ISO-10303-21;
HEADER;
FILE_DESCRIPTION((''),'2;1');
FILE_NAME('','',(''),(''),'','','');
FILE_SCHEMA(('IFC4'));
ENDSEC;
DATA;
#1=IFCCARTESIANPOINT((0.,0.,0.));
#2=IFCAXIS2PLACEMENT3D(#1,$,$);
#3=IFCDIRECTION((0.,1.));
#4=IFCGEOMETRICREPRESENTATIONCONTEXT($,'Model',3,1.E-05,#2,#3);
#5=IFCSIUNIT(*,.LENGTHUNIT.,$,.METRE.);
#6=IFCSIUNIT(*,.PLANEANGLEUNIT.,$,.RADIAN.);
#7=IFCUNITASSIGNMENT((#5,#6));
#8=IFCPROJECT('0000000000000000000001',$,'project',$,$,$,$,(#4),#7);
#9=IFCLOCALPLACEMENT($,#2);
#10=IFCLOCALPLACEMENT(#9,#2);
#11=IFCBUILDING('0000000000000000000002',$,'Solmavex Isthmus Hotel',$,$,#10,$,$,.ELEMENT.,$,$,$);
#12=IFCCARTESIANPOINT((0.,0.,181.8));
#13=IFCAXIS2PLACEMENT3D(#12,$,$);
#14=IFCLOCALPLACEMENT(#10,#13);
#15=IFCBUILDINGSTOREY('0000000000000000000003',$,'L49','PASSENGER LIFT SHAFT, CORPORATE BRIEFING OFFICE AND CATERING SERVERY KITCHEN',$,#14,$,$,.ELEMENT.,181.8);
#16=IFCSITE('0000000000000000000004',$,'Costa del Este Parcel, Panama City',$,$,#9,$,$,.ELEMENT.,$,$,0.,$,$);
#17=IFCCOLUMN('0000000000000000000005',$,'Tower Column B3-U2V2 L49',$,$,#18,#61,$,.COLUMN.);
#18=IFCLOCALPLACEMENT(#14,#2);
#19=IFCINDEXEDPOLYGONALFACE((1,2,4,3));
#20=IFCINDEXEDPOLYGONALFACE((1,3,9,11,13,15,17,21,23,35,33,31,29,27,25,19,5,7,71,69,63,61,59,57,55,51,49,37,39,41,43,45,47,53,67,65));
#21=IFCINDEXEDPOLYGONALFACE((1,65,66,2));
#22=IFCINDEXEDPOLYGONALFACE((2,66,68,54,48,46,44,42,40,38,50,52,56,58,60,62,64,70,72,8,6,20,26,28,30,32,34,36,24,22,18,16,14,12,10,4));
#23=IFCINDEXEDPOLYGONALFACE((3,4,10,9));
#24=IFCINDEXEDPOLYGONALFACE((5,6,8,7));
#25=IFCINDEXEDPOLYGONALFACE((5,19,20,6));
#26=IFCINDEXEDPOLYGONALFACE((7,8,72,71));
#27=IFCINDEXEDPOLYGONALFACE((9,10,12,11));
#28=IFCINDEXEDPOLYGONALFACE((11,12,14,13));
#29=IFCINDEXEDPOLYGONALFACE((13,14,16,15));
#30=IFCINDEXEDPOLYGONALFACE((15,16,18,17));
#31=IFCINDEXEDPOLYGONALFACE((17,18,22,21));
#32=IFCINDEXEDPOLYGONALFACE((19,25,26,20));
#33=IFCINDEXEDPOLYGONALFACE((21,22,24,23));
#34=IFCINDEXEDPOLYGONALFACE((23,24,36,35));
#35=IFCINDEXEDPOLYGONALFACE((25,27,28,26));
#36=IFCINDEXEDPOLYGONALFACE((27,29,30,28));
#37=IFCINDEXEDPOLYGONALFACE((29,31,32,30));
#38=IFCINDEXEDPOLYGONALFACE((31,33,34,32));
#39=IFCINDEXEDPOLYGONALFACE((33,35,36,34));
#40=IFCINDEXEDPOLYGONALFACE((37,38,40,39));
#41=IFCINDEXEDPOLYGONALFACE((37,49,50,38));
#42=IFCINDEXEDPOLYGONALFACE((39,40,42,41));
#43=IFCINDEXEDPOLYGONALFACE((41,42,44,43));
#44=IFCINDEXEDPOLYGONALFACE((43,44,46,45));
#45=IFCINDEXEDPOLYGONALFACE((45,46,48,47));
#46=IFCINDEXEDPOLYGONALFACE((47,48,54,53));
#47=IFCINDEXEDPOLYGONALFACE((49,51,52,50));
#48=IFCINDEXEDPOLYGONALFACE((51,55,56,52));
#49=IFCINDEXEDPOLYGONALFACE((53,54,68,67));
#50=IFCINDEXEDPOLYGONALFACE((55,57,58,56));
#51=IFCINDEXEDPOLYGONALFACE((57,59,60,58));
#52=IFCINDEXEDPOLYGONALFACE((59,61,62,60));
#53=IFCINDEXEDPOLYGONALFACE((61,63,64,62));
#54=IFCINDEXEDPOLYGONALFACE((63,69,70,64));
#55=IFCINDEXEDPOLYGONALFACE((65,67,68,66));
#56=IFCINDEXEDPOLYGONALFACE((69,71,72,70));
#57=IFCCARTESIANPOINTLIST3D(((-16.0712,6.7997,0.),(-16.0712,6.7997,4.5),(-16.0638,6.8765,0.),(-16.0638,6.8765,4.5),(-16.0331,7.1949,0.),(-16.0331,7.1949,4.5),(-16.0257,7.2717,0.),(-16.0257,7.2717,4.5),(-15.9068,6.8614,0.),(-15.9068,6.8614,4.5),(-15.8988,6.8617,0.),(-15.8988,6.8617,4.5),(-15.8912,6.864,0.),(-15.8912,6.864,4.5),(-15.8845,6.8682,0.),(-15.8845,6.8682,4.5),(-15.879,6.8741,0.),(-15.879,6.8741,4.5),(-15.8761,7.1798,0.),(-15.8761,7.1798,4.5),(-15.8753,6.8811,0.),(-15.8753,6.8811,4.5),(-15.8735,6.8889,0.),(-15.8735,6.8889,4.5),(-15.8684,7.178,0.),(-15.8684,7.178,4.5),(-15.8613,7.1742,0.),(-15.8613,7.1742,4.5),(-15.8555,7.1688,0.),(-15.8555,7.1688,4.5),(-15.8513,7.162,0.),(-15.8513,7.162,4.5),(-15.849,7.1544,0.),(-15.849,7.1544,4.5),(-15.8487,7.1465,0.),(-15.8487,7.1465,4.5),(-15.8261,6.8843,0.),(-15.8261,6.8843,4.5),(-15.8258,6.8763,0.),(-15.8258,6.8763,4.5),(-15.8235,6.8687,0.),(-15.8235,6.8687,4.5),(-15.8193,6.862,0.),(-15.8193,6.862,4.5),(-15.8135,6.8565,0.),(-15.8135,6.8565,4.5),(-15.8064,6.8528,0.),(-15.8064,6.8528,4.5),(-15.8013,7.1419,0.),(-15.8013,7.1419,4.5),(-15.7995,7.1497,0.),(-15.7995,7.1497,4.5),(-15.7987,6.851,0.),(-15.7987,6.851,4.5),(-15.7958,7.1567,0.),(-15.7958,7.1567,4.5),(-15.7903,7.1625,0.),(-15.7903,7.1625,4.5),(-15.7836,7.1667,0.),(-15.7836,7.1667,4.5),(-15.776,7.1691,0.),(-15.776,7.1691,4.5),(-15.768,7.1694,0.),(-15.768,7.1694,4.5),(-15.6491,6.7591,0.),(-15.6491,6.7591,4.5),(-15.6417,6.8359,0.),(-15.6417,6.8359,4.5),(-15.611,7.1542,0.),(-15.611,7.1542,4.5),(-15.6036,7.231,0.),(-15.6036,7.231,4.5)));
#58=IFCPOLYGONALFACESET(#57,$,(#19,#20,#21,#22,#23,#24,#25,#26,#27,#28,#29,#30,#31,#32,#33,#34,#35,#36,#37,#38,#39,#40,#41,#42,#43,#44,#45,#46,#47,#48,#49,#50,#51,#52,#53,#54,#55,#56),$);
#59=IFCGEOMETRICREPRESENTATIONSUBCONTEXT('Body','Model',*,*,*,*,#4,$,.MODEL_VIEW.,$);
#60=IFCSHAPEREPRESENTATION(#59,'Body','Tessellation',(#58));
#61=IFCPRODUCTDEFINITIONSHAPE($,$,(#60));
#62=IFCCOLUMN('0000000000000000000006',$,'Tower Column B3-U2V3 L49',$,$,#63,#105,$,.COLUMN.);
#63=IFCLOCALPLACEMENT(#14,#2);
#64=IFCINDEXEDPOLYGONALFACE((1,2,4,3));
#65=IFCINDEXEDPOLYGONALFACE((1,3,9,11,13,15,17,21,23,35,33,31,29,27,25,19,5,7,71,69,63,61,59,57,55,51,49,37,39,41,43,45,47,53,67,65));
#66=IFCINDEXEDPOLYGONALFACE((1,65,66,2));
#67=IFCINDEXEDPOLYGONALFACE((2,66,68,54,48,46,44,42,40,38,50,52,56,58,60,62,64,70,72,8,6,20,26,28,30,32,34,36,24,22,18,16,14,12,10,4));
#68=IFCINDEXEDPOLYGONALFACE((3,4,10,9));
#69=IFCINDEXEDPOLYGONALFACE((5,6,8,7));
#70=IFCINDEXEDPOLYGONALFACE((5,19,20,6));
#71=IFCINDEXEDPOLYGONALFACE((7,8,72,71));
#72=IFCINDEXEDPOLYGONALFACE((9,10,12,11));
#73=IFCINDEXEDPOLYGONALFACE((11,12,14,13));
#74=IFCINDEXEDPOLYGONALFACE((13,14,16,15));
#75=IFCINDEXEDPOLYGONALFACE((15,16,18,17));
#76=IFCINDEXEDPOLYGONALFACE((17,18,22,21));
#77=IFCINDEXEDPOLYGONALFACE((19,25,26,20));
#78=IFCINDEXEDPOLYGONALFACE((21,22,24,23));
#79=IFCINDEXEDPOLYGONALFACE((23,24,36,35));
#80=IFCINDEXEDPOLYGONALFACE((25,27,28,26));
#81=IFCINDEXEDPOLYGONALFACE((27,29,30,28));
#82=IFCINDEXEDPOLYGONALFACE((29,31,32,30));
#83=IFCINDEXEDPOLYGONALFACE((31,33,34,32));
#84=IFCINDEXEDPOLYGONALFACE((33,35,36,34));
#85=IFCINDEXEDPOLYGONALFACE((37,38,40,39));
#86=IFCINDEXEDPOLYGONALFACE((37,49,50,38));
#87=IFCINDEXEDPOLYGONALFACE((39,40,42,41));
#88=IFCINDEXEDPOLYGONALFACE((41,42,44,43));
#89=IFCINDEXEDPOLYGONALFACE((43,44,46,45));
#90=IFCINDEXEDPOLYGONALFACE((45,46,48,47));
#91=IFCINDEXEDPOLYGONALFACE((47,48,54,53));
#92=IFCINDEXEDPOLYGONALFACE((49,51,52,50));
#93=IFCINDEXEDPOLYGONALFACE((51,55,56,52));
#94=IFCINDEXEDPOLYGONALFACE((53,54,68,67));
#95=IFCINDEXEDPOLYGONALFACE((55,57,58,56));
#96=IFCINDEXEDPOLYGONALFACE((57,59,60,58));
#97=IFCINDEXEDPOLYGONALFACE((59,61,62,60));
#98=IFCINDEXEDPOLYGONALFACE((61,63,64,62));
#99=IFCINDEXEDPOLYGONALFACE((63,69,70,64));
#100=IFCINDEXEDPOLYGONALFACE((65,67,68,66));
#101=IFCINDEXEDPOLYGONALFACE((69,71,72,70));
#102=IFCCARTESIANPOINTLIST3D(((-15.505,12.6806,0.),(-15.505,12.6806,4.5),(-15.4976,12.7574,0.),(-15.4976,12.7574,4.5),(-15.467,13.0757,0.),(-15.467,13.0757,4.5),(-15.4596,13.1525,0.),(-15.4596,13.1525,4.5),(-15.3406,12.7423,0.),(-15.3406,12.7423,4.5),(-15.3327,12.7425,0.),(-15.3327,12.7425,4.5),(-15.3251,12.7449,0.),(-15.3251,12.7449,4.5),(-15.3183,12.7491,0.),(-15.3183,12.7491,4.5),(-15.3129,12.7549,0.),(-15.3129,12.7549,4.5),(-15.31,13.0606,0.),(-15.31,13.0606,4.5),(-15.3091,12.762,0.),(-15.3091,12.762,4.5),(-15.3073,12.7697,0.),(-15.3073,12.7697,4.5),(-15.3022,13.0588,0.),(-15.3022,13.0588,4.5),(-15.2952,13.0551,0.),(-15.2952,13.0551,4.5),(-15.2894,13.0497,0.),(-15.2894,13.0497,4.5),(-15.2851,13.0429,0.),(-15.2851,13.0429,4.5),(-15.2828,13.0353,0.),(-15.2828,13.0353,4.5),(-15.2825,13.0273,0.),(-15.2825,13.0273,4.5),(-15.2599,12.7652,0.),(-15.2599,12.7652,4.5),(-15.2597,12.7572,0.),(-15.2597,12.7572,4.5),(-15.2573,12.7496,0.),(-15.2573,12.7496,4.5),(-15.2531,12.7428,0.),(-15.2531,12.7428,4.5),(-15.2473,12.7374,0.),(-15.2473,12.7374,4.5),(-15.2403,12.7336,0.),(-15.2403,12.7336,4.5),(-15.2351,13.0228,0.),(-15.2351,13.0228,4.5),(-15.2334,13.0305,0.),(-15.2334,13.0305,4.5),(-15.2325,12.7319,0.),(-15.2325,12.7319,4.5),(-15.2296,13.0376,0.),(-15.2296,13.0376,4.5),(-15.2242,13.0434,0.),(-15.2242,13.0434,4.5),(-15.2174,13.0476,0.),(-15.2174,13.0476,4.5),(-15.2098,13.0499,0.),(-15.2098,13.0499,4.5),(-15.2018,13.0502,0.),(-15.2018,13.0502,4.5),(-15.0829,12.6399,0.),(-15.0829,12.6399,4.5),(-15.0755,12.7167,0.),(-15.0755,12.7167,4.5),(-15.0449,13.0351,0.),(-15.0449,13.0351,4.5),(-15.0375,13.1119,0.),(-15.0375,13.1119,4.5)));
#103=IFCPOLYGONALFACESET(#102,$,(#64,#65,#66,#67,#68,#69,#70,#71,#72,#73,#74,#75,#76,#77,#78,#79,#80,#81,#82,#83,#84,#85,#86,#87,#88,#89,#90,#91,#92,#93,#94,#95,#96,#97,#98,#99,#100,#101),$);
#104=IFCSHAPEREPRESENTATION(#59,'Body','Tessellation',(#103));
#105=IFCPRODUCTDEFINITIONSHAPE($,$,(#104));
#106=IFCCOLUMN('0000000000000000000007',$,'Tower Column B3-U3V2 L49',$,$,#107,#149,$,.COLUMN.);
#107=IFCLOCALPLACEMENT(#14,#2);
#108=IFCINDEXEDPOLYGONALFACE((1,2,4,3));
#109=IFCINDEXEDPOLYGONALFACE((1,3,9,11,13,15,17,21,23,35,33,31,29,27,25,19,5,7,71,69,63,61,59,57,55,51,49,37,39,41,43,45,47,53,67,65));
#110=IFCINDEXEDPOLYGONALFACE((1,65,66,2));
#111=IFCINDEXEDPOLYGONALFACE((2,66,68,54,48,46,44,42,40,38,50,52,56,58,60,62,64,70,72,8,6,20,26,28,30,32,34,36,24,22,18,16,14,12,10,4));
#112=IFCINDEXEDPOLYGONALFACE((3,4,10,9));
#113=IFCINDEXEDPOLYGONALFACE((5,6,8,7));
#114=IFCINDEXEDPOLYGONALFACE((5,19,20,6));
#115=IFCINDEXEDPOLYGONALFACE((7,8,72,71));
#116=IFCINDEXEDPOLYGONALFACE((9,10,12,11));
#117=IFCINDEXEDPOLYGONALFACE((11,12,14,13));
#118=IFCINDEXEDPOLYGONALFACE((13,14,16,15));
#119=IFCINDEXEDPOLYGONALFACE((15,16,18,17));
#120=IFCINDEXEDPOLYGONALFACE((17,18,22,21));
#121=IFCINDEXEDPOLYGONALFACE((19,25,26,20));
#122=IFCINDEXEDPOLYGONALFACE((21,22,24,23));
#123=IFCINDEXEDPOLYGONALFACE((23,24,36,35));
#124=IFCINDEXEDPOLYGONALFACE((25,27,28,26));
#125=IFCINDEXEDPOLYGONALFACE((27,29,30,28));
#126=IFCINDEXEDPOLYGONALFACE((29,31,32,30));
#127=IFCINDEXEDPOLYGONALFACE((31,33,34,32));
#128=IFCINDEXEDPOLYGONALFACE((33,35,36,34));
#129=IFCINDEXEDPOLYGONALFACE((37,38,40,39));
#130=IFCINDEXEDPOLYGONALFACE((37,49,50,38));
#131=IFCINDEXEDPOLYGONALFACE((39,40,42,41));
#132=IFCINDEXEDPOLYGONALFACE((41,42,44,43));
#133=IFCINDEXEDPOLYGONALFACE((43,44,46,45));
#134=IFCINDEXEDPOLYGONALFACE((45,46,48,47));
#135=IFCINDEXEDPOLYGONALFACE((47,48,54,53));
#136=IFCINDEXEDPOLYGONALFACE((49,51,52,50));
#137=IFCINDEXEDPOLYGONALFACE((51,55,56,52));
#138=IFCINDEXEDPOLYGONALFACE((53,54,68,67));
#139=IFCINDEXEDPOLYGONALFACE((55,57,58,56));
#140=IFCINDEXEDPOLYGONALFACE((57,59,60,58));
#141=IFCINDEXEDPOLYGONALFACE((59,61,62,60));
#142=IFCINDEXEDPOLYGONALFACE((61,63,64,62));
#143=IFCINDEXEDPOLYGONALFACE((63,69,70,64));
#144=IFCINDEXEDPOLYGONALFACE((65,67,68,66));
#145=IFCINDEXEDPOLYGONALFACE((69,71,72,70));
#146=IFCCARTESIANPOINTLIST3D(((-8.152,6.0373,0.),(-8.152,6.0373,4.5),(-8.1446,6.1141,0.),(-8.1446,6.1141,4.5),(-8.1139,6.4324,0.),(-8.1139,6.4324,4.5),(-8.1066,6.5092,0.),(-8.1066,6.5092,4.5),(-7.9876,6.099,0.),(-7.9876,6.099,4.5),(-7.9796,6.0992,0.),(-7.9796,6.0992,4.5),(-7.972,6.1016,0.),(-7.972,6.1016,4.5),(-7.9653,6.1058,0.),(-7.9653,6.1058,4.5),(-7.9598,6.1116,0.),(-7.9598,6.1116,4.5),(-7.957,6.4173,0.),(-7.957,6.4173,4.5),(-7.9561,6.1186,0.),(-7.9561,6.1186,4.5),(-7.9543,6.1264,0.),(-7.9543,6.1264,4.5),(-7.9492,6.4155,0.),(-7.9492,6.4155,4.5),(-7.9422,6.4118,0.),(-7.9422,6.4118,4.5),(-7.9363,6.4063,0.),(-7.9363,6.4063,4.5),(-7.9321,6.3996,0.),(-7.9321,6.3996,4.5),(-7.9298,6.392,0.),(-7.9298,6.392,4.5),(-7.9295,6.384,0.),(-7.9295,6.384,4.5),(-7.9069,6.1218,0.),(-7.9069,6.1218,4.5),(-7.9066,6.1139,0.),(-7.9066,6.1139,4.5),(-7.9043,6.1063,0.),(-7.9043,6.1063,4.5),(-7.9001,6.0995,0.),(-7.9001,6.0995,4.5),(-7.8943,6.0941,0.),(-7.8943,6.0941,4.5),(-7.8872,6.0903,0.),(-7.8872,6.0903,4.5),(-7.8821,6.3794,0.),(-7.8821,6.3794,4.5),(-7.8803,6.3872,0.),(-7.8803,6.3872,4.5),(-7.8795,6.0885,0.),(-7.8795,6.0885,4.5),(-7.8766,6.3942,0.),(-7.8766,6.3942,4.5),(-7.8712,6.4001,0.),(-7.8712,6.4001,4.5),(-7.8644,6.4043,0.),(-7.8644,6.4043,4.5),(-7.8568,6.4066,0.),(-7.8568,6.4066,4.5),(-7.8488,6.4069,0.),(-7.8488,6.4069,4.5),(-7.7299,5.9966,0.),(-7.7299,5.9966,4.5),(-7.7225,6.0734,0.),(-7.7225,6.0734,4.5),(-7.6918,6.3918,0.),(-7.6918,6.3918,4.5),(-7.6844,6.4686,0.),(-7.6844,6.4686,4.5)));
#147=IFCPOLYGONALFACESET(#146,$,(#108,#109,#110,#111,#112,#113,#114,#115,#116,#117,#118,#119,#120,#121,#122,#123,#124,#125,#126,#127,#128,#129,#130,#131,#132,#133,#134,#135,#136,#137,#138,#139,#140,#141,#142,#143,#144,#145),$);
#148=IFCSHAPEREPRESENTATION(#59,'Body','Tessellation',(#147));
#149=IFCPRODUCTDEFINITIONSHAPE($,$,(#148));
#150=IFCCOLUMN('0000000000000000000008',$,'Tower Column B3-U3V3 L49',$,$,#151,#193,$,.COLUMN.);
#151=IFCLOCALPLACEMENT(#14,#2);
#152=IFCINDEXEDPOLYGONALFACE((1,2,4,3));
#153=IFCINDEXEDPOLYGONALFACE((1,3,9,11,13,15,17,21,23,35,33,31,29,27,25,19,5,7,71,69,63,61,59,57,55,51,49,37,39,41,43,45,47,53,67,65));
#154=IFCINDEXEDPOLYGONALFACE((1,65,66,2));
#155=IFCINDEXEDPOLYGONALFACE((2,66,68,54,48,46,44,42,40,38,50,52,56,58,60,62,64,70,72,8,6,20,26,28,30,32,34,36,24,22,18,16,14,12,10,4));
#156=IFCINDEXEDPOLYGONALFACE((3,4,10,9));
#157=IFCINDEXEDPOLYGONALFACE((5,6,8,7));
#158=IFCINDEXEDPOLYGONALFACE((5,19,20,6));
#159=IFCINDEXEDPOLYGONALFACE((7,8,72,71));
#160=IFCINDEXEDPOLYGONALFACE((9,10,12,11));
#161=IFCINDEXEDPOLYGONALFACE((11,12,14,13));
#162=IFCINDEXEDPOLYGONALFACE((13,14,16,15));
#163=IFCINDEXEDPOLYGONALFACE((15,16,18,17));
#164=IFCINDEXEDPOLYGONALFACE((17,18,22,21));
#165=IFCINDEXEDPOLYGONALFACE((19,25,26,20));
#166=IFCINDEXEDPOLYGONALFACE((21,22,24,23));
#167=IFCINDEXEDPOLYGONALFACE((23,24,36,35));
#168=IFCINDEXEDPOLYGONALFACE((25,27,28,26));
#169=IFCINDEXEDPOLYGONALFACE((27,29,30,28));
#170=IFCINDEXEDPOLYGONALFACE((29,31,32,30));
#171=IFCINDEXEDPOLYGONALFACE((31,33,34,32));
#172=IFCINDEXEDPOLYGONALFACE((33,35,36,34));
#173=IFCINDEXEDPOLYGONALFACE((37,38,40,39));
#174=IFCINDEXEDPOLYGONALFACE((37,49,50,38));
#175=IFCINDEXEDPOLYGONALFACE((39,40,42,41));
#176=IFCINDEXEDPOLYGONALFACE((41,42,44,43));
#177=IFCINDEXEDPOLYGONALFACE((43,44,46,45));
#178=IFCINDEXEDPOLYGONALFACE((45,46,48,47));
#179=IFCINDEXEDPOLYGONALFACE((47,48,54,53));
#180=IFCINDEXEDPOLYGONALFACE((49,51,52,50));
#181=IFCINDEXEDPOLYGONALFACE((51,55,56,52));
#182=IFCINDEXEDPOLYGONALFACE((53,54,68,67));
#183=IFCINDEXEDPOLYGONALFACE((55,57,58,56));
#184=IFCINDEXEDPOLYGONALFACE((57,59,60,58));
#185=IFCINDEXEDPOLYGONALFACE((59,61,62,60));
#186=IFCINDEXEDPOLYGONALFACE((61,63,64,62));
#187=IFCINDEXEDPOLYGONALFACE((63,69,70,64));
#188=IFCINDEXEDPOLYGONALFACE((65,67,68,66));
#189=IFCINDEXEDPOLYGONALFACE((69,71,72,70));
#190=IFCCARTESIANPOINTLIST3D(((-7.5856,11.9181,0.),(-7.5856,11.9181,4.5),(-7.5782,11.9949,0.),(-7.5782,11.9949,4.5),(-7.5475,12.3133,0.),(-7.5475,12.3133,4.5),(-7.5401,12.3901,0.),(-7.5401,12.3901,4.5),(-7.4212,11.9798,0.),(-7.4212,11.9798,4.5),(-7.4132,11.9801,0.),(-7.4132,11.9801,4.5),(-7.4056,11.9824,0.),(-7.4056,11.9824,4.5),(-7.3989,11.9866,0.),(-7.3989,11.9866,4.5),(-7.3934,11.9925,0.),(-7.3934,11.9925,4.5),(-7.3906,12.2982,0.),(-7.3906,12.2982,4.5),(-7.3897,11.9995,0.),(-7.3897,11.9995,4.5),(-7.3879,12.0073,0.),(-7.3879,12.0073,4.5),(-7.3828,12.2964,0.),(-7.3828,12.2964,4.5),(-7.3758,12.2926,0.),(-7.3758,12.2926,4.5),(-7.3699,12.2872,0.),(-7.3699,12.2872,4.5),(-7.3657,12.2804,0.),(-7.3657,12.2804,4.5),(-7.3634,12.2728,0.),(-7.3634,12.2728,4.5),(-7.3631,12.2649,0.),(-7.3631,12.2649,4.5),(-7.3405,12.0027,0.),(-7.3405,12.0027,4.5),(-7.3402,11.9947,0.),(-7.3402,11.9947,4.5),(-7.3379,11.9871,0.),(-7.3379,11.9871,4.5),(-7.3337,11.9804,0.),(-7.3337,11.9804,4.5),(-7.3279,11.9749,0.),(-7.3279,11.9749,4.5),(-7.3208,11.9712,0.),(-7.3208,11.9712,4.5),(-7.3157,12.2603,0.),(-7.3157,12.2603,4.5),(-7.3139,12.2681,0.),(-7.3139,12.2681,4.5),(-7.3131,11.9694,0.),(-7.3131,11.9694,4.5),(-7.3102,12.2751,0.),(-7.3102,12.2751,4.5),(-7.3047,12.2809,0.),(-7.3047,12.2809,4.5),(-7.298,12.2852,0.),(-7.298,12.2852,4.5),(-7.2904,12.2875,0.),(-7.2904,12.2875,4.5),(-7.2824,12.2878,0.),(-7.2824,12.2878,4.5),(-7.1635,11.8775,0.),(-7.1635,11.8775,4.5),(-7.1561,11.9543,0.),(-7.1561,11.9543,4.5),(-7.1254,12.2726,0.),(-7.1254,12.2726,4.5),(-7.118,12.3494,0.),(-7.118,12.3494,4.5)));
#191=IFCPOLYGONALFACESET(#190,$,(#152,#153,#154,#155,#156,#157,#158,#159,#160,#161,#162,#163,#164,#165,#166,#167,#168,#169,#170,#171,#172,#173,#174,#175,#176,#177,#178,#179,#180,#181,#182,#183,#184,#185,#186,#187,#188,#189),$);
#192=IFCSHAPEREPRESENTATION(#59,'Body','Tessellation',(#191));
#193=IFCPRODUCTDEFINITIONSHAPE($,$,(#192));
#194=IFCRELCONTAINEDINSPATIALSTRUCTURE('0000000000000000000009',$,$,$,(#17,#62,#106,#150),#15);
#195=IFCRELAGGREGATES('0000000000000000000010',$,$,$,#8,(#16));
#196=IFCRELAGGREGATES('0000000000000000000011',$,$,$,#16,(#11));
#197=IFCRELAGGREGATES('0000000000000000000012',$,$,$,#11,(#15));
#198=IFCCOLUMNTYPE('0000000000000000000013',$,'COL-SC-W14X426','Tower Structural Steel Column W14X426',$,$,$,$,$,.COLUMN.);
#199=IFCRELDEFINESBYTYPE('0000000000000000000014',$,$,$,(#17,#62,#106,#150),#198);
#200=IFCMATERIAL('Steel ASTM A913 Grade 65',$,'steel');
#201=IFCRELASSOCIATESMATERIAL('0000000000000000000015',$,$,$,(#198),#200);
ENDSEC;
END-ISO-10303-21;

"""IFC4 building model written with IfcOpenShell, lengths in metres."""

from ifc_helpers import new_model, si_unit, direction, frame, origin, origin_2d, place, context, subcontext, project, spatial, i_section, extrude, material, material_profile, profile_set, type_object, element, save


model = new_model("IFC4")

# Units and contexts
model_context = context("Model", 3, precision=1e-05, world=origin(), true_north=direction((0.0, 1.0)))
body_context = subcontext(model_context, "Body", "Model", "MODEL_VIEW")
ifc_project = project(units=[si_unit("LENGTHUNIT", "METRE"), si_unit("PLANEANGLEUNIT", "RADIAN")], contexts=[model_context])

# Site, building, storey
site_placement = place(None, origin())
site = spatial("IfcSite", under=ifc_project, at=site_placement, Name="Costa del Este Parcel, Panama City", CompositionType="ELEMENT", RefElevation=0.0)
building_placement = place(site_placement, origin())
building = spatial("IfcBuilding", under=site, at=building_placement, Name="Solmavex Isthmus Hotel", CompositionType="ELEMENT")
storey_placement = place(building_placement, frame((0.0, 0.0, 181.8)))
storey = spatial("IfcBuildingStorey", under=building, at=storey_placement, Name="L49", Description="PASSENGER LIFT SHAFT, CORPORATE BRIEFING OFFICE AND CATERING SERVERY KITCHEN", CompositionType="ELEMENT", Elevation=181.8)

# Columns
ifc_material_1 = material(Name="Steel ASTM A913 Grade 65", Category="steel")
ifc_material_profile_1 = material_profile(ifc_material_1, i_section(OverallWidth=0.4241, OverallDepth=0.4741, WebThickness=0.0476, FlangeThickness=0.0771, FilletRadius=0.0305, at=origin_2d()), Name="W14X426")
ifc_profile_set_1 = profile_set([ifc_material_profile_1], Name="Steel ASTM A913 Grade 65")
column_type = type_object("IfcColumnType", Name="COL-SC-W14X426", Description="Tower Structural Steel Column W14X426", PredefinedType="COLUMN", material=ifc_profile_set_1)
for number, where, z_axis, x_axis, name in (
    (1, (-15.8374, 7.0154, 0.0), (0.0, 0.0, 1.0), (0.995396, -0.095846, 0.0), "Tower Column B3-U2V2 L49"),
    (2, (-15.2712, 12.8962, 0.0), (0.0, 0.0, 1.0), (0.995396, -0.095846, 0.0), "Tower Column B3-U2V3 L49"),
    (3, (-7.9182, 6.2529, 0.0), (0.0, 0.0, 1.0), (0.995396, -0.095846, 0.0), "Tower Column B3-U3V2 L49"),
    (4, (-7.3518, 12.1338, 0.0), (0.0, 0.0, 1.0), (0.995396, -0.095846, 0.0), "Tower Column B3-U3V3 L49"),
):
    element("IfcColumn", number, at=place(storey_placement, frame(where, z_axis=z_axis, x_axis=x_axis)), inside=storey, type_object=column_type, Name=name, PredefinedType="COLUMN", context=body_context, shape_type="SweptSolid", body=[
        extrude(i_section(OverallWidth=0.4241, OverallDepth=0.4741, WebThickness=0.0476, FlangeThickness=0.0771, FilletRadius=0.0305, at=origin_2d()), origin(), (0.0, 0.0, 1.0), 4.5),
    ])

save(model, "model.ifc")
